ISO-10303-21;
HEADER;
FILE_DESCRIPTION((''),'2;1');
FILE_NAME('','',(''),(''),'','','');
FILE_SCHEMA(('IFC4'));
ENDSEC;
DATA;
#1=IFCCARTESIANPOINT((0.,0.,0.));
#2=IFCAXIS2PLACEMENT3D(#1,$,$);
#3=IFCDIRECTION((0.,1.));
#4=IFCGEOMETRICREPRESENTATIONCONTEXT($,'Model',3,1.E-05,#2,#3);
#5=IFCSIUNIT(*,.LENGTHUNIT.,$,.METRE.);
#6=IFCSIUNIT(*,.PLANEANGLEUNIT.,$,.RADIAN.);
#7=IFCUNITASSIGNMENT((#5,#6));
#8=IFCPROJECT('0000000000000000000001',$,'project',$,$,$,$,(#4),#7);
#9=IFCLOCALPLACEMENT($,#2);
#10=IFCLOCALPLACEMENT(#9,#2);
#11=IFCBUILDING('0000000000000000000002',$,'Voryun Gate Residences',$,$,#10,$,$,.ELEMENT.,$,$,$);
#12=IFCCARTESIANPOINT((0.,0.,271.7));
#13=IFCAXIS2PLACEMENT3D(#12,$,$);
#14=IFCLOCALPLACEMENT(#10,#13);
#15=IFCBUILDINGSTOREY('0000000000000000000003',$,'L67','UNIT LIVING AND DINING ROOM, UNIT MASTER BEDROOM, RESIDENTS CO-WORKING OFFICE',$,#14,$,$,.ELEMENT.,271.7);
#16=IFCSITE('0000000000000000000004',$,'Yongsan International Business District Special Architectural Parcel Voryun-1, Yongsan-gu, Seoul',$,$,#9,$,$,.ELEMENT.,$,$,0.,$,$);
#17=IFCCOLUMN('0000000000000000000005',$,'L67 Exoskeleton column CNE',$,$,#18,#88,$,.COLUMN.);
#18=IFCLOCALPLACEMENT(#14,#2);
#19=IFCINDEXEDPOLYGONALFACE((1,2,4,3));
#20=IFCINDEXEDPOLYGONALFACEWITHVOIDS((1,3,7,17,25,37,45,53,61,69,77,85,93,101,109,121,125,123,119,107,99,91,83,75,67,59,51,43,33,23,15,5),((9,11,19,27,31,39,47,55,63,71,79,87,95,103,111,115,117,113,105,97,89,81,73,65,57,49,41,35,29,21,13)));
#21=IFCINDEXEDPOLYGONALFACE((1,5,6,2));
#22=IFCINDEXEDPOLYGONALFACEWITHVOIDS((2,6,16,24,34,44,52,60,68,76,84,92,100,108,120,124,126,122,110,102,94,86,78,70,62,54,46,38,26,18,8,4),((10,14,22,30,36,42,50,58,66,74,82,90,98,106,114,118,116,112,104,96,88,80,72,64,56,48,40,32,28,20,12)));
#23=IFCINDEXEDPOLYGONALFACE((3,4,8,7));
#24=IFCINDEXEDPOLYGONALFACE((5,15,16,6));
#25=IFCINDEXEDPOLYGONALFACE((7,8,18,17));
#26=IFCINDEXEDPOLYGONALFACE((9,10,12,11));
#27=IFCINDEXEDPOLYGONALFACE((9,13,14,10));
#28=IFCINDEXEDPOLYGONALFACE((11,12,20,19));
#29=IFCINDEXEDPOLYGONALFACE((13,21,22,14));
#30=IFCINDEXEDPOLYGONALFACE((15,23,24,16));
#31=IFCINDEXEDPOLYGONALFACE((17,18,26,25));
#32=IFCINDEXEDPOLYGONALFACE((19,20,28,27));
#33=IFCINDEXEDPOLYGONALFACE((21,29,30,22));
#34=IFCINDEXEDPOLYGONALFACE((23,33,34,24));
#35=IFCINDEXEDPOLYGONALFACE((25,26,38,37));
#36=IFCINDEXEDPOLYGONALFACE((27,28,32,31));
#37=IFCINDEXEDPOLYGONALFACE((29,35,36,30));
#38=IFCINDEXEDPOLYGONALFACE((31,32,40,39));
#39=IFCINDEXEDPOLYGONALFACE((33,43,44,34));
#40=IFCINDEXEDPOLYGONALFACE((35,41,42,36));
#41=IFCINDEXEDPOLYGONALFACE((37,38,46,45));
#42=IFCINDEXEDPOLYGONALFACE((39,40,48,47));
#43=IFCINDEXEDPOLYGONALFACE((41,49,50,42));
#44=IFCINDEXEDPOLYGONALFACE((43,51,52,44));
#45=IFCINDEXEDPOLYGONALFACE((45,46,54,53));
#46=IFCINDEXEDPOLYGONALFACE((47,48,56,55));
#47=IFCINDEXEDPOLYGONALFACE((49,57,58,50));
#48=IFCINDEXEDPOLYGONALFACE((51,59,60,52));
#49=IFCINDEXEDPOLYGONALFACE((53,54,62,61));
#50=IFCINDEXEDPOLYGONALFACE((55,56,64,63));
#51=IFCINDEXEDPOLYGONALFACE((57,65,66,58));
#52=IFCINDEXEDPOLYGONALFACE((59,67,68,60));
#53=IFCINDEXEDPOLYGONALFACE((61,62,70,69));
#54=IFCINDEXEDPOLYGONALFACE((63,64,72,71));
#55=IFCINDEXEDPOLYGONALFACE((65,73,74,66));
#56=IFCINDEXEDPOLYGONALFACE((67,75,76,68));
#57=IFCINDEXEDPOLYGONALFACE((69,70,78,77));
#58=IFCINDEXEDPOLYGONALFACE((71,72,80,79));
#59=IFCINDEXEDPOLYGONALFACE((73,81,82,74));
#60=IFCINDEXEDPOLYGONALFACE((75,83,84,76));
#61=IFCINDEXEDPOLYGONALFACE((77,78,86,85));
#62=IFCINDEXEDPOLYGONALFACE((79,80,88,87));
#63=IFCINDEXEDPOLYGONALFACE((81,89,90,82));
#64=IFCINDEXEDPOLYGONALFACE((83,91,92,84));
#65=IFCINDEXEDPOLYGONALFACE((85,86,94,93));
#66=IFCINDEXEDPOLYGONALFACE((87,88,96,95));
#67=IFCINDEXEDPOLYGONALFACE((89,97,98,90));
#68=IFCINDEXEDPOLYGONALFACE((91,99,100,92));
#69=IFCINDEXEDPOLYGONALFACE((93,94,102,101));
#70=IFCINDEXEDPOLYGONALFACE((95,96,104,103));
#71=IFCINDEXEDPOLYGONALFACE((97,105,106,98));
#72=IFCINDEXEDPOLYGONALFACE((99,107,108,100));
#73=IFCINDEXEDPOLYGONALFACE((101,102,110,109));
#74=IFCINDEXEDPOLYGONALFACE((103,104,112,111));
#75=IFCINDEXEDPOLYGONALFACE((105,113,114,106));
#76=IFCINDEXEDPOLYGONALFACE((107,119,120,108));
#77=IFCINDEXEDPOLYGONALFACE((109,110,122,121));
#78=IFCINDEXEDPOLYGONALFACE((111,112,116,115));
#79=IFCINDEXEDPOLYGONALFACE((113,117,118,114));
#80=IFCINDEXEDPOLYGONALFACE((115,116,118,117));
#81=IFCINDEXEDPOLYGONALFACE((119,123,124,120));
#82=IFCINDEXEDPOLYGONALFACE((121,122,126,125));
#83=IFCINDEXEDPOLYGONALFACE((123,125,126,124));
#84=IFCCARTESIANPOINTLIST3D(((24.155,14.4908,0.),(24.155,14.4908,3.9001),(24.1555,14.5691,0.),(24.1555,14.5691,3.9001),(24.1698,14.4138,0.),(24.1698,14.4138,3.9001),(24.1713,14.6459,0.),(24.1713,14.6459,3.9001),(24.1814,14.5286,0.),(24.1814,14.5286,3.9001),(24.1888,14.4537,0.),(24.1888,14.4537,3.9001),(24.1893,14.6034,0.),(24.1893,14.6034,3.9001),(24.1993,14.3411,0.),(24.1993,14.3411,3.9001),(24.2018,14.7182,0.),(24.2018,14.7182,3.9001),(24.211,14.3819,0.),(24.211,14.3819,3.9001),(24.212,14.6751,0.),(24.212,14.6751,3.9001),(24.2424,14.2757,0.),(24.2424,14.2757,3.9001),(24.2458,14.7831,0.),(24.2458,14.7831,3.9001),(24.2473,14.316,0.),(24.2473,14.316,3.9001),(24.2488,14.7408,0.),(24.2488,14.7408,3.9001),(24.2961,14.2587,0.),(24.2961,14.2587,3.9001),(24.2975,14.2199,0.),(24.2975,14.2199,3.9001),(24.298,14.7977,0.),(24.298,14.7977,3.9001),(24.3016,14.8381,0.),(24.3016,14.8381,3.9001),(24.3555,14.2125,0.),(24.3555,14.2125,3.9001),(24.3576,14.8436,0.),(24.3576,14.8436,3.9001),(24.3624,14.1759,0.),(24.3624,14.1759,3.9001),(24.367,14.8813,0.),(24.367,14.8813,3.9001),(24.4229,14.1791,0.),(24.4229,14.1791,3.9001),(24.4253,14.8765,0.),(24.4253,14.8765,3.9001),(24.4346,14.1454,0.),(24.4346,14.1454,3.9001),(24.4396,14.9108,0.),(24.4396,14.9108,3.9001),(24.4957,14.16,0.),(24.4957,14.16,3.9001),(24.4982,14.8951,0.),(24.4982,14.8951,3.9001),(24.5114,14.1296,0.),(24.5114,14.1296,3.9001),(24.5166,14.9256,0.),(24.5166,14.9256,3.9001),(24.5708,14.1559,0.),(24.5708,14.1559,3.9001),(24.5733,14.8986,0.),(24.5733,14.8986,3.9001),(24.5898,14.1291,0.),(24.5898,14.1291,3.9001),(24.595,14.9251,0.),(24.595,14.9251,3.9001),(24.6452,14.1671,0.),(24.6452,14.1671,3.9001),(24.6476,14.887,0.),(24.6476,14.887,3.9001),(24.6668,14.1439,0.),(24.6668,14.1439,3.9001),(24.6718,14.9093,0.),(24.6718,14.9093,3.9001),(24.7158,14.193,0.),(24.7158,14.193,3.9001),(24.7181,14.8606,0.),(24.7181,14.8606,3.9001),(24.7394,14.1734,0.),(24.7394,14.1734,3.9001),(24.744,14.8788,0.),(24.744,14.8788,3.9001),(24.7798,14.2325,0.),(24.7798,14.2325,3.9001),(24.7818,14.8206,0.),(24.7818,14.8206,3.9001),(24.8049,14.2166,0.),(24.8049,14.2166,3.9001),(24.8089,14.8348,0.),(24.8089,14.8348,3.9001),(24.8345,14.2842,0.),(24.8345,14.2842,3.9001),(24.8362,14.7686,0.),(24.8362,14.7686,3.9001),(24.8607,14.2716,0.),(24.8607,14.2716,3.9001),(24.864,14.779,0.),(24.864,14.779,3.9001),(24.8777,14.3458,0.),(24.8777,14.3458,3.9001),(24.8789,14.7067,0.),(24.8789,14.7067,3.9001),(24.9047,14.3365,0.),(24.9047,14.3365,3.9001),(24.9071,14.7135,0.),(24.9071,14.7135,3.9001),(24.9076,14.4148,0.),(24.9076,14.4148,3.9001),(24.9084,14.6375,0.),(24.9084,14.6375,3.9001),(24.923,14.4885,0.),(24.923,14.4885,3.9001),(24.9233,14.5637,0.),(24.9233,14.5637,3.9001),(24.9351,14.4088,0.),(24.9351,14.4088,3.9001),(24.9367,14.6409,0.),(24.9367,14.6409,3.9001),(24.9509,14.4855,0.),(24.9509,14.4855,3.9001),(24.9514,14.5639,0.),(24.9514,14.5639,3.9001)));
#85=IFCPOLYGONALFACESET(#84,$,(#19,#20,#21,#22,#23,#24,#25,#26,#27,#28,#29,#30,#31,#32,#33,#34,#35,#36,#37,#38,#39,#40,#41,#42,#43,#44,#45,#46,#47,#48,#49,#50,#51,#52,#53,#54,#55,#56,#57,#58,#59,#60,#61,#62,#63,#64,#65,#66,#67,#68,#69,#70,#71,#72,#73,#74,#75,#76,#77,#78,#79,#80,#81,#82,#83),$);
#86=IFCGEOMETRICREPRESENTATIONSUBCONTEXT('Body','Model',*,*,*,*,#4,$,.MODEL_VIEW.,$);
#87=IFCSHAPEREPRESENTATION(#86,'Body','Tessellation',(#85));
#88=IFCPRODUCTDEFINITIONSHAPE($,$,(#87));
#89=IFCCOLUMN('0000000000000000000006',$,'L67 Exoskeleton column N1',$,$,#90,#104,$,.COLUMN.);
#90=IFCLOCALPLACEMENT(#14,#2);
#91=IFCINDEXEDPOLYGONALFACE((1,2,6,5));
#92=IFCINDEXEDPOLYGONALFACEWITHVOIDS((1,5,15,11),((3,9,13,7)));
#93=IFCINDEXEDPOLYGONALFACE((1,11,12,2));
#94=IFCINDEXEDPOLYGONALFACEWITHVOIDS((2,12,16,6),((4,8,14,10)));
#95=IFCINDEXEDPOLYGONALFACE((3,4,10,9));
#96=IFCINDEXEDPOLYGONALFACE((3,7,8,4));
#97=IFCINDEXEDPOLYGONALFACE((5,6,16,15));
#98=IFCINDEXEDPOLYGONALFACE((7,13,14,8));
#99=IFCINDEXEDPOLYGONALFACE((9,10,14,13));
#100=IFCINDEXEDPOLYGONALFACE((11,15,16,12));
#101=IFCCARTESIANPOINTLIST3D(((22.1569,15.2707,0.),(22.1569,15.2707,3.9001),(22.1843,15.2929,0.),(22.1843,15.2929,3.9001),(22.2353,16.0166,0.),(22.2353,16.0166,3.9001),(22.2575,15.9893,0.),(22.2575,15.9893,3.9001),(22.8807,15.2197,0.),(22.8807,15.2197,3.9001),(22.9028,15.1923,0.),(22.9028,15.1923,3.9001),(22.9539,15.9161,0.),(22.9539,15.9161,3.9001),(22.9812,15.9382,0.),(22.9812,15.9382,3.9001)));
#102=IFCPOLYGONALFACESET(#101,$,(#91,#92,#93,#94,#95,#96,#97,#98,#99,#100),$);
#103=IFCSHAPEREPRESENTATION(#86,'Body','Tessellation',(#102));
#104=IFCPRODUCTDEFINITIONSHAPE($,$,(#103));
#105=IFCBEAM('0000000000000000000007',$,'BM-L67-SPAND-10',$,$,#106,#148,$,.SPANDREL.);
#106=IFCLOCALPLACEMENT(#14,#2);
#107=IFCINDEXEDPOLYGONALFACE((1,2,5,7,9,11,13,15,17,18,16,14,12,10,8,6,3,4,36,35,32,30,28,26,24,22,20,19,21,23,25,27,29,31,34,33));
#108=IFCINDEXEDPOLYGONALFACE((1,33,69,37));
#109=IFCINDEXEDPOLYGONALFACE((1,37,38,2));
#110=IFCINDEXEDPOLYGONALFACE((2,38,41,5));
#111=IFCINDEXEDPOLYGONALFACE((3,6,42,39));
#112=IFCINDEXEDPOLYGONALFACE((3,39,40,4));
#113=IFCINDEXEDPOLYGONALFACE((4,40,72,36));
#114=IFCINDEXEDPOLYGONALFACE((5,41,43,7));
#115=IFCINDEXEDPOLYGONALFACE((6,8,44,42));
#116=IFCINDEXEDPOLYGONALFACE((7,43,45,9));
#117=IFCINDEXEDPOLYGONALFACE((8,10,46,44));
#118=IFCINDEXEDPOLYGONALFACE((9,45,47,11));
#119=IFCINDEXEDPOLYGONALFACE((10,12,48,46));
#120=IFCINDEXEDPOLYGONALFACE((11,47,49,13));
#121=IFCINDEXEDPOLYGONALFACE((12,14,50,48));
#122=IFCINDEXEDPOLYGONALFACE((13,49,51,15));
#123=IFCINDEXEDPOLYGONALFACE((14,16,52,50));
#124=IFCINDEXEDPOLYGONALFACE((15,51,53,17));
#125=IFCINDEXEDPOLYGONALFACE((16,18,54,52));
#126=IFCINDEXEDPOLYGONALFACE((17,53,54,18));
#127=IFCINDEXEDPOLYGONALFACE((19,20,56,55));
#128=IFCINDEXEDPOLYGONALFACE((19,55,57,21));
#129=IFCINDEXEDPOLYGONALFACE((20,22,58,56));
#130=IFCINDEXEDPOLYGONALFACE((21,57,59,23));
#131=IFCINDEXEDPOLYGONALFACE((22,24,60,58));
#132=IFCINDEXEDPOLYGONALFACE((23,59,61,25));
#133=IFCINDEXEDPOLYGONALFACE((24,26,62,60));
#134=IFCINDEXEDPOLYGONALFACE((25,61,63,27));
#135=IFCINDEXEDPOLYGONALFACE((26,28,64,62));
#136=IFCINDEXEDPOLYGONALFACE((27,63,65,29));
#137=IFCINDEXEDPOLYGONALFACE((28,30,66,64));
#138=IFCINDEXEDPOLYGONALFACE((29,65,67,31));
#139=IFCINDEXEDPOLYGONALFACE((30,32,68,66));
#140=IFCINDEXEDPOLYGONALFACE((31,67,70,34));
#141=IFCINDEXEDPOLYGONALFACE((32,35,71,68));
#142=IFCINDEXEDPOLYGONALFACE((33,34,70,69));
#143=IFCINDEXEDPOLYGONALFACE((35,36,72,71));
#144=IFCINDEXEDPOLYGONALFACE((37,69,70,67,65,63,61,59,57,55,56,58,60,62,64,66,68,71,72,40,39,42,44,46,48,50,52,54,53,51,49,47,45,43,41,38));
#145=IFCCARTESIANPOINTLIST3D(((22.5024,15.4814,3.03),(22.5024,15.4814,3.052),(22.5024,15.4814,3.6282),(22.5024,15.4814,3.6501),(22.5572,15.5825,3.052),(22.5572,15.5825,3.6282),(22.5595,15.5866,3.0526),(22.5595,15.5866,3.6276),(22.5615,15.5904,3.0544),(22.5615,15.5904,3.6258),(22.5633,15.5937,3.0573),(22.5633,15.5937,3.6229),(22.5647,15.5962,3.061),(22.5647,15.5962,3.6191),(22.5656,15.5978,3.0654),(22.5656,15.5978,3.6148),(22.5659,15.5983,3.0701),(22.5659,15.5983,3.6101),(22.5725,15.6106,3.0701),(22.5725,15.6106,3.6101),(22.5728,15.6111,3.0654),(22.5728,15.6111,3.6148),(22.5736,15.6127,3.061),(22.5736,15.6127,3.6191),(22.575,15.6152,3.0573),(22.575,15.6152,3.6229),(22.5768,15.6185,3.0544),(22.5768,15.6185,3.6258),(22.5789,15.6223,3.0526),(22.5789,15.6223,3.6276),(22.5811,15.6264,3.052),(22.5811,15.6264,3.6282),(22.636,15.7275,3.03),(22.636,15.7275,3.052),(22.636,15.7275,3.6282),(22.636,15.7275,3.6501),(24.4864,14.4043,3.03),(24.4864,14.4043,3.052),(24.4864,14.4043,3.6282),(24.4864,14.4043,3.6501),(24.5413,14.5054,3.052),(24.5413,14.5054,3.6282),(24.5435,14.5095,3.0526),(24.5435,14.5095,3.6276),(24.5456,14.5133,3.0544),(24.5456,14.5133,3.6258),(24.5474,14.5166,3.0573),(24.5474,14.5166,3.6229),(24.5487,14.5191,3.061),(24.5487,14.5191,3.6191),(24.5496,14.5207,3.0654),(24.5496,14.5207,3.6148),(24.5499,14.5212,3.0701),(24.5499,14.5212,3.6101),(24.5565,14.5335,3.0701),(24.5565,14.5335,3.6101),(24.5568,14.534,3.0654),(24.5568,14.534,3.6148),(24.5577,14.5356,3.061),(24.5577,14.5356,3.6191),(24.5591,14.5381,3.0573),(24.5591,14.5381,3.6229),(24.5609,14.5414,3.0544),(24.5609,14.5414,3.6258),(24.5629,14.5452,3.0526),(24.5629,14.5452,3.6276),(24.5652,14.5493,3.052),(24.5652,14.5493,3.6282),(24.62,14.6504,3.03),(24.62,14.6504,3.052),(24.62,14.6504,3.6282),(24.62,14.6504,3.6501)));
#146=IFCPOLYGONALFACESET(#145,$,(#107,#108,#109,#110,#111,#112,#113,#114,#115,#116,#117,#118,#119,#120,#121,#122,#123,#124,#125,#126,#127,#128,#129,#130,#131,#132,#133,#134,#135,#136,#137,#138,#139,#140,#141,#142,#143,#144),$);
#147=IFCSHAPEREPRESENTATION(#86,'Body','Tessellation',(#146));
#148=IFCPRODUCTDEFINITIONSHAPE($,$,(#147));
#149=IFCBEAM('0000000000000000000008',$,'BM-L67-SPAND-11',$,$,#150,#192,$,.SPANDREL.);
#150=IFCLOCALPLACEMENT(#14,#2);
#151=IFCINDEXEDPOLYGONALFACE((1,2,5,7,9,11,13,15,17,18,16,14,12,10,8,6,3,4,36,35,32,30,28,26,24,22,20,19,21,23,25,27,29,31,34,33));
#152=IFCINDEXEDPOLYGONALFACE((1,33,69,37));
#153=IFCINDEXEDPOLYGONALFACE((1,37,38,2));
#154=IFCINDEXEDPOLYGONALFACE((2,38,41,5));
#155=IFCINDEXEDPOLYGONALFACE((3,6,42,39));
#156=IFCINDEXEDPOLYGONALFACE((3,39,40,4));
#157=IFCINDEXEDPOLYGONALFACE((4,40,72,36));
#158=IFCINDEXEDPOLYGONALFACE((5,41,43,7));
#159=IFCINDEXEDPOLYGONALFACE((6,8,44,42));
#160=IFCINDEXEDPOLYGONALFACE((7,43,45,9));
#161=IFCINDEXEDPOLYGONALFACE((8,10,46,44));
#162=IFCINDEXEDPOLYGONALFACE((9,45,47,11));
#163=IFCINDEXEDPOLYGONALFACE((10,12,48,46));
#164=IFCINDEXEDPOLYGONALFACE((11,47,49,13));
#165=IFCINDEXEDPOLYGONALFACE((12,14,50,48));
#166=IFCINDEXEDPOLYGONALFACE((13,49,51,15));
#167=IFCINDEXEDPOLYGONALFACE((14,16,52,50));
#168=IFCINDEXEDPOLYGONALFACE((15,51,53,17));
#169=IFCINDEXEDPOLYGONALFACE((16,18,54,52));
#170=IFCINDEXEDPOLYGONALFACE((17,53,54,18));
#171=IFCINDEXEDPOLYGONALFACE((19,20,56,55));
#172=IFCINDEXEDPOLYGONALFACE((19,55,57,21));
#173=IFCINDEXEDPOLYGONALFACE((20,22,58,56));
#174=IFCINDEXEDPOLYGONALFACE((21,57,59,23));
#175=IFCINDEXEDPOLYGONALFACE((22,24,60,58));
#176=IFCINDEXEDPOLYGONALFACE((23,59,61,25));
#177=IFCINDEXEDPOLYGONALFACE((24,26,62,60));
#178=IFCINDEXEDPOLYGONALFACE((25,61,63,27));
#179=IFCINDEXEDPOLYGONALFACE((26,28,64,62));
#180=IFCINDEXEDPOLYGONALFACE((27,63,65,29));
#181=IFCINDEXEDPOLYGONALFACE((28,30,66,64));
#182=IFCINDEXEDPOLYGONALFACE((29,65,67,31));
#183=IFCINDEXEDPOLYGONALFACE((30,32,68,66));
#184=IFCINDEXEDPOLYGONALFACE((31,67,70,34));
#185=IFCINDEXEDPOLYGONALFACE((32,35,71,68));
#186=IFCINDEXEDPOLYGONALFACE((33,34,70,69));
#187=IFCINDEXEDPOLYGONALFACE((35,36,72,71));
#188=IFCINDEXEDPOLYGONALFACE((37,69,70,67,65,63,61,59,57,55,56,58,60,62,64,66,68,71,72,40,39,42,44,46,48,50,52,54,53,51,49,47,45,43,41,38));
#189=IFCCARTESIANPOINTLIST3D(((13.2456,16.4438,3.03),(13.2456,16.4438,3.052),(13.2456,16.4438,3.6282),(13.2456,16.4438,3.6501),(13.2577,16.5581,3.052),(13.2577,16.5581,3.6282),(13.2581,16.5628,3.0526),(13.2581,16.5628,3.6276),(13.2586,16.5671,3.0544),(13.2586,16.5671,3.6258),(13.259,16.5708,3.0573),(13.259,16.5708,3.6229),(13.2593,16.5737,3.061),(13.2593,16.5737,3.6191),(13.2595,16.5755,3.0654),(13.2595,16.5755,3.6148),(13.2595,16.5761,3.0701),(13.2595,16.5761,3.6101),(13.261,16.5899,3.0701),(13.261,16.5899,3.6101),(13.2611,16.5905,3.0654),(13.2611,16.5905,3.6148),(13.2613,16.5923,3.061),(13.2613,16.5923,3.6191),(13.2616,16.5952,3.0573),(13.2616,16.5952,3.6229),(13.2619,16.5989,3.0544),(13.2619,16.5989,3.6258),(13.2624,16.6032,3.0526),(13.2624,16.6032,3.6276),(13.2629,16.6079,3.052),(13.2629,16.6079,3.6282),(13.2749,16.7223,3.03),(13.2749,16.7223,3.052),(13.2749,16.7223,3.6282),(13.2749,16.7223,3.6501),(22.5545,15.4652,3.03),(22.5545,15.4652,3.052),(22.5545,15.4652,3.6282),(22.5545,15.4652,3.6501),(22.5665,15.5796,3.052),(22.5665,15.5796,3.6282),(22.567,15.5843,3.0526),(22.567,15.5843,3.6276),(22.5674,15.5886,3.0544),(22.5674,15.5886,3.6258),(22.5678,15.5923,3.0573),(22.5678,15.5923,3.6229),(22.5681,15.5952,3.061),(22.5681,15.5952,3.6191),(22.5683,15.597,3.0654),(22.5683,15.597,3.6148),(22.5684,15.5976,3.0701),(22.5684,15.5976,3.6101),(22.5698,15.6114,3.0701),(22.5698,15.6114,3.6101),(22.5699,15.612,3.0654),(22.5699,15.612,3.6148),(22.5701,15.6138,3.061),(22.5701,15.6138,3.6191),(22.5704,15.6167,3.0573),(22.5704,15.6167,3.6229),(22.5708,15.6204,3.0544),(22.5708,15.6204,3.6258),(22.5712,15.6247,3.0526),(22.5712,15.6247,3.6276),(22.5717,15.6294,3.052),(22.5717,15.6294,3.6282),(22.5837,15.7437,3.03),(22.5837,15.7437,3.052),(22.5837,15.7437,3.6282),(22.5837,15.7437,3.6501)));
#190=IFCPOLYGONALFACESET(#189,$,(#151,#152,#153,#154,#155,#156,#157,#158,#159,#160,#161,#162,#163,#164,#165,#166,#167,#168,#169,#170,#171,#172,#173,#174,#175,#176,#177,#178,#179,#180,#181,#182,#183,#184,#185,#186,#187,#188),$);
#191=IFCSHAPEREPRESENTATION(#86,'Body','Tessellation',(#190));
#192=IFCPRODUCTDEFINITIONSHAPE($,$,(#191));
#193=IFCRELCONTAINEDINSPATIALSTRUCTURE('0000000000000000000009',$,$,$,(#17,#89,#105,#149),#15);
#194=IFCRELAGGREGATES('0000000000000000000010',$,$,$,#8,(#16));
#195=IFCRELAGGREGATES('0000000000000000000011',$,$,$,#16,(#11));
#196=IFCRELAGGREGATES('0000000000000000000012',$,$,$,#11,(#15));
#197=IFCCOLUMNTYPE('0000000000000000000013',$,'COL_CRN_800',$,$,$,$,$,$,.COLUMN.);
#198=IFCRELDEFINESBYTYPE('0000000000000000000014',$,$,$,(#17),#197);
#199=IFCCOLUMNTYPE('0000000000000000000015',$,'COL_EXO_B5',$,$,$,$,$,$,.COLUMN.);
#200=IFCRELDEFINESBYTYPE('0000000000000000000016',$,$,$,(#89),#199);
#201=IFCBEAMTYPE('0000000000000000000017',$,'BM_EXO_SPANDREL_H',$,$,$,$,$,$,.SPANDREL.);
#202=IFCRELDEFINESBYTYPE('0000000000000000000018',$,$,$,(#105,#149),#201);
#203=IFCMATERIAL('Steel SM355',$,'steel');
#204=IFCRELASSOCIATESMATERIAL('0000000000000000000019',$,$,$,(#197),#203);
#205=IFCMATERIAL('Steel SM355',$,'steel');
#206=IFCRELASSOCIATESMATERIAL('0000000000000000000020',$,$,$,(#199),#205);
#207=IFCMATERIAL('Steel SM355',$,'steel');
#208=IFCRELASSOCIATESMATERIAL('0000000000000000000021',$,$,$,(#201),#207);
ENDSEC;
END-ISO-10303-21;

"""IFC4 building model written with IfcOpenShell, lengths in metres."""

from ifc_helpers import new_model, si_unit, direction, frame, origin, origin_2d, place, context, subcontext, project, spatial, hollow_rectangle, hollow_circle, i_section, extrude, material, material_profile, profile_set, type_object, element, save


model = new_model("IFC4")

# Units and contexts
model_context = context("Model", 3, precision=1e-05, world=origin(), true_north=direction((0.0, 1.0)))
body_context = subcontext(model_context, "Body", "Model", "MODEL_VIEW")
ifc_project = project(units=[si_unit("LENGTHUNIT", "METRE"), si_unit("PLANEANGLEUNIT", "RADIAN")], contexts=[model_context])

# Site, building, storey
site_placement = place(None, origin())
site = spatial("IfcSite", under=ifc_project, at=site_placement, Name="Yongsan International Business District Special Architectural Parcel Voryun-1, Yongsan-gu, Seoul", CompositionType="ELEMENT", RefElevation=0.0)
building_placement = place(site_placement, origin())
building = spatial("IfcBuilding", under=site, at=building_placement, Name="Voryun Gate Residences", CompositionType="ELEMENT")
storey_placement = place(building_placement, frame((0.0, 0.0, 271.7)))
storey = spatial("IfcBuildingStorey", under=building, at=storey_placement, Name="L67", Description="UNIT LIVING AND DINING ROOM, UNIT MASTER BEDROOM, RESIDENTS CO-WORKING OFFICE", CompositionType="ELEMENT", Elevation=271.7)

# Columns
ifc_material_1 = material(Name="Steel SM355", Category="steel")
ifc_material_profile_1 = material_profile(ifc_material_1, hollow_circle(Radius=0.3999, WallThickness=0.0281, at=origin_2d()), Name="CHS-800x28")
ifc_profile_set_1 = profile_set([ifc_material_profile_1], Name="Steel SM355")
column_type_1 = type_object("IfcColumnType", Name="COL_CRN_800", PredefinedType="COLUMN", material=ifc_profile_set_1)
column_1_placement = place(storey_placement, frame((24.5532, 14.5273, 0.0), z_axis=(0.0, 0.0, 1.0), x_axis=(0.994522, -0.104528, 0.0)))
element("IfcColumn", 1, at=column_1_placement, inside=storey, type_object=column_type_1, Name="L67 Exoskeleton column CNE", PredefinedType="COLUMN", context=body_context, shape_type="SweptSolid", body=[
    extrude(hollow_circle(Radius=0.3999, WallThickness=0.0281, at=origin_2d()), origin(), (0.0, 0.0, 1.0), 3.9001),
])
ifc_material_2 = material(Name="Steel SM355", Category="steel")
ifc_material_profile_2 = material_profile(ifc_material_2, hollow_rectangle(XDim=0.75, YDim=0.75, WallThickness=0.0249, at=origin_2d()), Name="BOX-750x750x25")
ifc_profile_set_2 = profile_set([ifc_material_profile_2], Name="Steel SM355")
column_type_2 = type_object("IfcColumnType", Name="COL_EXO_B5", PredefinedType="COLUMN", material=ifc_profile_set_2)
column_2_placement = place(storey_placement, frame((22.5691, 15.6045, 0.0), z_axis=(0.0, 0.0, 1.0), x_axis=(0.994522, -0.104528, 0.0)))
element("IfcColumn", 2, at=column_2_placement, inside=storey, type_object=column_type_2, Name="L67 Exoskeleton column N1", PredefinedType="COLUMN", context=body_context, shape_type="SweptSolid", body=[
    extrude(hollow_rectangle(XDim=0.75, YDim=0.75, WallThickness=0.0249, at=origin_2d()), origin(), (0.0, 0.0, 1.0), 3.9001),
])

# Beams
ifc_material_3 = material(Name="Steel SM355", Category="steel")
ifc_material_profile_3 = material_profile(ifc_material_3, i_section(OverallWidth=0.28, OverallDepth=0.6201, WebThickness=0.0139, FlangeThickness=0.022, FilletRadius=0.0181, at=origin_2d()), Name="H-620x280x14x22")
ifc_profile_set_3 = profile_set([ifc_material_profile_3], Name="Steel SM355")
beam_type_1 = type_object("IfcBeamType", Name="BM_EXO_SPANDREL_H", PredefinedType="SPANDREL", material=ifc_profile_set_3)
beam_1_placement = place(storey_placement, frame((24.5532, 14.5273, 3.3401), z_axis=(-0.878844, 0.477109, 0.0), x_axis=(-0.477109, -0.878844, 0.0)))
element("IfcBeam", 3, at=beam_1_placement, inside=storey, type_object=beam_type_1, Name="BM-L67-SPAND-10", PredefinedType="SPANDREL", context=body_context, shape_type="SweptSolid", body=[
    extrude(i_section(OverallWidth=0.28, OverallDepth=0.6201, WebThickness=0.0139, FlangeThickness=0.022, FilletRadius=0.0181, at=origin_2d()), origin(), (0.0, 0.0, 1.0), 2.2576),
])
beam_2_placement = place(storey_placement, frame((22.5691, 15.6045, 3.3401), z_axis=(-0.994521, 0.104541, 0.0), x_axis=(-0.104541, -0.994521, 0.0)))
element("IfcBeam", 4, at=beam_2_placement, inside=storey, type_object=beam_type_1, Name="BM-L67-SPAND-11", PredefinedType="SPANDREL", context=body_context, shape_type="SweptSolid", body=[
    extrude(i_section(OverallWidth=0.28, OverallDepth=0.6201, WebThickness=0.0139, FlangeThickness=0.022, FilletRadius=0.0181, at=origin_2d()), origin(), (0.0, 0.0, 1.0), 9.3601),
])

save(model, "model.ifc")
